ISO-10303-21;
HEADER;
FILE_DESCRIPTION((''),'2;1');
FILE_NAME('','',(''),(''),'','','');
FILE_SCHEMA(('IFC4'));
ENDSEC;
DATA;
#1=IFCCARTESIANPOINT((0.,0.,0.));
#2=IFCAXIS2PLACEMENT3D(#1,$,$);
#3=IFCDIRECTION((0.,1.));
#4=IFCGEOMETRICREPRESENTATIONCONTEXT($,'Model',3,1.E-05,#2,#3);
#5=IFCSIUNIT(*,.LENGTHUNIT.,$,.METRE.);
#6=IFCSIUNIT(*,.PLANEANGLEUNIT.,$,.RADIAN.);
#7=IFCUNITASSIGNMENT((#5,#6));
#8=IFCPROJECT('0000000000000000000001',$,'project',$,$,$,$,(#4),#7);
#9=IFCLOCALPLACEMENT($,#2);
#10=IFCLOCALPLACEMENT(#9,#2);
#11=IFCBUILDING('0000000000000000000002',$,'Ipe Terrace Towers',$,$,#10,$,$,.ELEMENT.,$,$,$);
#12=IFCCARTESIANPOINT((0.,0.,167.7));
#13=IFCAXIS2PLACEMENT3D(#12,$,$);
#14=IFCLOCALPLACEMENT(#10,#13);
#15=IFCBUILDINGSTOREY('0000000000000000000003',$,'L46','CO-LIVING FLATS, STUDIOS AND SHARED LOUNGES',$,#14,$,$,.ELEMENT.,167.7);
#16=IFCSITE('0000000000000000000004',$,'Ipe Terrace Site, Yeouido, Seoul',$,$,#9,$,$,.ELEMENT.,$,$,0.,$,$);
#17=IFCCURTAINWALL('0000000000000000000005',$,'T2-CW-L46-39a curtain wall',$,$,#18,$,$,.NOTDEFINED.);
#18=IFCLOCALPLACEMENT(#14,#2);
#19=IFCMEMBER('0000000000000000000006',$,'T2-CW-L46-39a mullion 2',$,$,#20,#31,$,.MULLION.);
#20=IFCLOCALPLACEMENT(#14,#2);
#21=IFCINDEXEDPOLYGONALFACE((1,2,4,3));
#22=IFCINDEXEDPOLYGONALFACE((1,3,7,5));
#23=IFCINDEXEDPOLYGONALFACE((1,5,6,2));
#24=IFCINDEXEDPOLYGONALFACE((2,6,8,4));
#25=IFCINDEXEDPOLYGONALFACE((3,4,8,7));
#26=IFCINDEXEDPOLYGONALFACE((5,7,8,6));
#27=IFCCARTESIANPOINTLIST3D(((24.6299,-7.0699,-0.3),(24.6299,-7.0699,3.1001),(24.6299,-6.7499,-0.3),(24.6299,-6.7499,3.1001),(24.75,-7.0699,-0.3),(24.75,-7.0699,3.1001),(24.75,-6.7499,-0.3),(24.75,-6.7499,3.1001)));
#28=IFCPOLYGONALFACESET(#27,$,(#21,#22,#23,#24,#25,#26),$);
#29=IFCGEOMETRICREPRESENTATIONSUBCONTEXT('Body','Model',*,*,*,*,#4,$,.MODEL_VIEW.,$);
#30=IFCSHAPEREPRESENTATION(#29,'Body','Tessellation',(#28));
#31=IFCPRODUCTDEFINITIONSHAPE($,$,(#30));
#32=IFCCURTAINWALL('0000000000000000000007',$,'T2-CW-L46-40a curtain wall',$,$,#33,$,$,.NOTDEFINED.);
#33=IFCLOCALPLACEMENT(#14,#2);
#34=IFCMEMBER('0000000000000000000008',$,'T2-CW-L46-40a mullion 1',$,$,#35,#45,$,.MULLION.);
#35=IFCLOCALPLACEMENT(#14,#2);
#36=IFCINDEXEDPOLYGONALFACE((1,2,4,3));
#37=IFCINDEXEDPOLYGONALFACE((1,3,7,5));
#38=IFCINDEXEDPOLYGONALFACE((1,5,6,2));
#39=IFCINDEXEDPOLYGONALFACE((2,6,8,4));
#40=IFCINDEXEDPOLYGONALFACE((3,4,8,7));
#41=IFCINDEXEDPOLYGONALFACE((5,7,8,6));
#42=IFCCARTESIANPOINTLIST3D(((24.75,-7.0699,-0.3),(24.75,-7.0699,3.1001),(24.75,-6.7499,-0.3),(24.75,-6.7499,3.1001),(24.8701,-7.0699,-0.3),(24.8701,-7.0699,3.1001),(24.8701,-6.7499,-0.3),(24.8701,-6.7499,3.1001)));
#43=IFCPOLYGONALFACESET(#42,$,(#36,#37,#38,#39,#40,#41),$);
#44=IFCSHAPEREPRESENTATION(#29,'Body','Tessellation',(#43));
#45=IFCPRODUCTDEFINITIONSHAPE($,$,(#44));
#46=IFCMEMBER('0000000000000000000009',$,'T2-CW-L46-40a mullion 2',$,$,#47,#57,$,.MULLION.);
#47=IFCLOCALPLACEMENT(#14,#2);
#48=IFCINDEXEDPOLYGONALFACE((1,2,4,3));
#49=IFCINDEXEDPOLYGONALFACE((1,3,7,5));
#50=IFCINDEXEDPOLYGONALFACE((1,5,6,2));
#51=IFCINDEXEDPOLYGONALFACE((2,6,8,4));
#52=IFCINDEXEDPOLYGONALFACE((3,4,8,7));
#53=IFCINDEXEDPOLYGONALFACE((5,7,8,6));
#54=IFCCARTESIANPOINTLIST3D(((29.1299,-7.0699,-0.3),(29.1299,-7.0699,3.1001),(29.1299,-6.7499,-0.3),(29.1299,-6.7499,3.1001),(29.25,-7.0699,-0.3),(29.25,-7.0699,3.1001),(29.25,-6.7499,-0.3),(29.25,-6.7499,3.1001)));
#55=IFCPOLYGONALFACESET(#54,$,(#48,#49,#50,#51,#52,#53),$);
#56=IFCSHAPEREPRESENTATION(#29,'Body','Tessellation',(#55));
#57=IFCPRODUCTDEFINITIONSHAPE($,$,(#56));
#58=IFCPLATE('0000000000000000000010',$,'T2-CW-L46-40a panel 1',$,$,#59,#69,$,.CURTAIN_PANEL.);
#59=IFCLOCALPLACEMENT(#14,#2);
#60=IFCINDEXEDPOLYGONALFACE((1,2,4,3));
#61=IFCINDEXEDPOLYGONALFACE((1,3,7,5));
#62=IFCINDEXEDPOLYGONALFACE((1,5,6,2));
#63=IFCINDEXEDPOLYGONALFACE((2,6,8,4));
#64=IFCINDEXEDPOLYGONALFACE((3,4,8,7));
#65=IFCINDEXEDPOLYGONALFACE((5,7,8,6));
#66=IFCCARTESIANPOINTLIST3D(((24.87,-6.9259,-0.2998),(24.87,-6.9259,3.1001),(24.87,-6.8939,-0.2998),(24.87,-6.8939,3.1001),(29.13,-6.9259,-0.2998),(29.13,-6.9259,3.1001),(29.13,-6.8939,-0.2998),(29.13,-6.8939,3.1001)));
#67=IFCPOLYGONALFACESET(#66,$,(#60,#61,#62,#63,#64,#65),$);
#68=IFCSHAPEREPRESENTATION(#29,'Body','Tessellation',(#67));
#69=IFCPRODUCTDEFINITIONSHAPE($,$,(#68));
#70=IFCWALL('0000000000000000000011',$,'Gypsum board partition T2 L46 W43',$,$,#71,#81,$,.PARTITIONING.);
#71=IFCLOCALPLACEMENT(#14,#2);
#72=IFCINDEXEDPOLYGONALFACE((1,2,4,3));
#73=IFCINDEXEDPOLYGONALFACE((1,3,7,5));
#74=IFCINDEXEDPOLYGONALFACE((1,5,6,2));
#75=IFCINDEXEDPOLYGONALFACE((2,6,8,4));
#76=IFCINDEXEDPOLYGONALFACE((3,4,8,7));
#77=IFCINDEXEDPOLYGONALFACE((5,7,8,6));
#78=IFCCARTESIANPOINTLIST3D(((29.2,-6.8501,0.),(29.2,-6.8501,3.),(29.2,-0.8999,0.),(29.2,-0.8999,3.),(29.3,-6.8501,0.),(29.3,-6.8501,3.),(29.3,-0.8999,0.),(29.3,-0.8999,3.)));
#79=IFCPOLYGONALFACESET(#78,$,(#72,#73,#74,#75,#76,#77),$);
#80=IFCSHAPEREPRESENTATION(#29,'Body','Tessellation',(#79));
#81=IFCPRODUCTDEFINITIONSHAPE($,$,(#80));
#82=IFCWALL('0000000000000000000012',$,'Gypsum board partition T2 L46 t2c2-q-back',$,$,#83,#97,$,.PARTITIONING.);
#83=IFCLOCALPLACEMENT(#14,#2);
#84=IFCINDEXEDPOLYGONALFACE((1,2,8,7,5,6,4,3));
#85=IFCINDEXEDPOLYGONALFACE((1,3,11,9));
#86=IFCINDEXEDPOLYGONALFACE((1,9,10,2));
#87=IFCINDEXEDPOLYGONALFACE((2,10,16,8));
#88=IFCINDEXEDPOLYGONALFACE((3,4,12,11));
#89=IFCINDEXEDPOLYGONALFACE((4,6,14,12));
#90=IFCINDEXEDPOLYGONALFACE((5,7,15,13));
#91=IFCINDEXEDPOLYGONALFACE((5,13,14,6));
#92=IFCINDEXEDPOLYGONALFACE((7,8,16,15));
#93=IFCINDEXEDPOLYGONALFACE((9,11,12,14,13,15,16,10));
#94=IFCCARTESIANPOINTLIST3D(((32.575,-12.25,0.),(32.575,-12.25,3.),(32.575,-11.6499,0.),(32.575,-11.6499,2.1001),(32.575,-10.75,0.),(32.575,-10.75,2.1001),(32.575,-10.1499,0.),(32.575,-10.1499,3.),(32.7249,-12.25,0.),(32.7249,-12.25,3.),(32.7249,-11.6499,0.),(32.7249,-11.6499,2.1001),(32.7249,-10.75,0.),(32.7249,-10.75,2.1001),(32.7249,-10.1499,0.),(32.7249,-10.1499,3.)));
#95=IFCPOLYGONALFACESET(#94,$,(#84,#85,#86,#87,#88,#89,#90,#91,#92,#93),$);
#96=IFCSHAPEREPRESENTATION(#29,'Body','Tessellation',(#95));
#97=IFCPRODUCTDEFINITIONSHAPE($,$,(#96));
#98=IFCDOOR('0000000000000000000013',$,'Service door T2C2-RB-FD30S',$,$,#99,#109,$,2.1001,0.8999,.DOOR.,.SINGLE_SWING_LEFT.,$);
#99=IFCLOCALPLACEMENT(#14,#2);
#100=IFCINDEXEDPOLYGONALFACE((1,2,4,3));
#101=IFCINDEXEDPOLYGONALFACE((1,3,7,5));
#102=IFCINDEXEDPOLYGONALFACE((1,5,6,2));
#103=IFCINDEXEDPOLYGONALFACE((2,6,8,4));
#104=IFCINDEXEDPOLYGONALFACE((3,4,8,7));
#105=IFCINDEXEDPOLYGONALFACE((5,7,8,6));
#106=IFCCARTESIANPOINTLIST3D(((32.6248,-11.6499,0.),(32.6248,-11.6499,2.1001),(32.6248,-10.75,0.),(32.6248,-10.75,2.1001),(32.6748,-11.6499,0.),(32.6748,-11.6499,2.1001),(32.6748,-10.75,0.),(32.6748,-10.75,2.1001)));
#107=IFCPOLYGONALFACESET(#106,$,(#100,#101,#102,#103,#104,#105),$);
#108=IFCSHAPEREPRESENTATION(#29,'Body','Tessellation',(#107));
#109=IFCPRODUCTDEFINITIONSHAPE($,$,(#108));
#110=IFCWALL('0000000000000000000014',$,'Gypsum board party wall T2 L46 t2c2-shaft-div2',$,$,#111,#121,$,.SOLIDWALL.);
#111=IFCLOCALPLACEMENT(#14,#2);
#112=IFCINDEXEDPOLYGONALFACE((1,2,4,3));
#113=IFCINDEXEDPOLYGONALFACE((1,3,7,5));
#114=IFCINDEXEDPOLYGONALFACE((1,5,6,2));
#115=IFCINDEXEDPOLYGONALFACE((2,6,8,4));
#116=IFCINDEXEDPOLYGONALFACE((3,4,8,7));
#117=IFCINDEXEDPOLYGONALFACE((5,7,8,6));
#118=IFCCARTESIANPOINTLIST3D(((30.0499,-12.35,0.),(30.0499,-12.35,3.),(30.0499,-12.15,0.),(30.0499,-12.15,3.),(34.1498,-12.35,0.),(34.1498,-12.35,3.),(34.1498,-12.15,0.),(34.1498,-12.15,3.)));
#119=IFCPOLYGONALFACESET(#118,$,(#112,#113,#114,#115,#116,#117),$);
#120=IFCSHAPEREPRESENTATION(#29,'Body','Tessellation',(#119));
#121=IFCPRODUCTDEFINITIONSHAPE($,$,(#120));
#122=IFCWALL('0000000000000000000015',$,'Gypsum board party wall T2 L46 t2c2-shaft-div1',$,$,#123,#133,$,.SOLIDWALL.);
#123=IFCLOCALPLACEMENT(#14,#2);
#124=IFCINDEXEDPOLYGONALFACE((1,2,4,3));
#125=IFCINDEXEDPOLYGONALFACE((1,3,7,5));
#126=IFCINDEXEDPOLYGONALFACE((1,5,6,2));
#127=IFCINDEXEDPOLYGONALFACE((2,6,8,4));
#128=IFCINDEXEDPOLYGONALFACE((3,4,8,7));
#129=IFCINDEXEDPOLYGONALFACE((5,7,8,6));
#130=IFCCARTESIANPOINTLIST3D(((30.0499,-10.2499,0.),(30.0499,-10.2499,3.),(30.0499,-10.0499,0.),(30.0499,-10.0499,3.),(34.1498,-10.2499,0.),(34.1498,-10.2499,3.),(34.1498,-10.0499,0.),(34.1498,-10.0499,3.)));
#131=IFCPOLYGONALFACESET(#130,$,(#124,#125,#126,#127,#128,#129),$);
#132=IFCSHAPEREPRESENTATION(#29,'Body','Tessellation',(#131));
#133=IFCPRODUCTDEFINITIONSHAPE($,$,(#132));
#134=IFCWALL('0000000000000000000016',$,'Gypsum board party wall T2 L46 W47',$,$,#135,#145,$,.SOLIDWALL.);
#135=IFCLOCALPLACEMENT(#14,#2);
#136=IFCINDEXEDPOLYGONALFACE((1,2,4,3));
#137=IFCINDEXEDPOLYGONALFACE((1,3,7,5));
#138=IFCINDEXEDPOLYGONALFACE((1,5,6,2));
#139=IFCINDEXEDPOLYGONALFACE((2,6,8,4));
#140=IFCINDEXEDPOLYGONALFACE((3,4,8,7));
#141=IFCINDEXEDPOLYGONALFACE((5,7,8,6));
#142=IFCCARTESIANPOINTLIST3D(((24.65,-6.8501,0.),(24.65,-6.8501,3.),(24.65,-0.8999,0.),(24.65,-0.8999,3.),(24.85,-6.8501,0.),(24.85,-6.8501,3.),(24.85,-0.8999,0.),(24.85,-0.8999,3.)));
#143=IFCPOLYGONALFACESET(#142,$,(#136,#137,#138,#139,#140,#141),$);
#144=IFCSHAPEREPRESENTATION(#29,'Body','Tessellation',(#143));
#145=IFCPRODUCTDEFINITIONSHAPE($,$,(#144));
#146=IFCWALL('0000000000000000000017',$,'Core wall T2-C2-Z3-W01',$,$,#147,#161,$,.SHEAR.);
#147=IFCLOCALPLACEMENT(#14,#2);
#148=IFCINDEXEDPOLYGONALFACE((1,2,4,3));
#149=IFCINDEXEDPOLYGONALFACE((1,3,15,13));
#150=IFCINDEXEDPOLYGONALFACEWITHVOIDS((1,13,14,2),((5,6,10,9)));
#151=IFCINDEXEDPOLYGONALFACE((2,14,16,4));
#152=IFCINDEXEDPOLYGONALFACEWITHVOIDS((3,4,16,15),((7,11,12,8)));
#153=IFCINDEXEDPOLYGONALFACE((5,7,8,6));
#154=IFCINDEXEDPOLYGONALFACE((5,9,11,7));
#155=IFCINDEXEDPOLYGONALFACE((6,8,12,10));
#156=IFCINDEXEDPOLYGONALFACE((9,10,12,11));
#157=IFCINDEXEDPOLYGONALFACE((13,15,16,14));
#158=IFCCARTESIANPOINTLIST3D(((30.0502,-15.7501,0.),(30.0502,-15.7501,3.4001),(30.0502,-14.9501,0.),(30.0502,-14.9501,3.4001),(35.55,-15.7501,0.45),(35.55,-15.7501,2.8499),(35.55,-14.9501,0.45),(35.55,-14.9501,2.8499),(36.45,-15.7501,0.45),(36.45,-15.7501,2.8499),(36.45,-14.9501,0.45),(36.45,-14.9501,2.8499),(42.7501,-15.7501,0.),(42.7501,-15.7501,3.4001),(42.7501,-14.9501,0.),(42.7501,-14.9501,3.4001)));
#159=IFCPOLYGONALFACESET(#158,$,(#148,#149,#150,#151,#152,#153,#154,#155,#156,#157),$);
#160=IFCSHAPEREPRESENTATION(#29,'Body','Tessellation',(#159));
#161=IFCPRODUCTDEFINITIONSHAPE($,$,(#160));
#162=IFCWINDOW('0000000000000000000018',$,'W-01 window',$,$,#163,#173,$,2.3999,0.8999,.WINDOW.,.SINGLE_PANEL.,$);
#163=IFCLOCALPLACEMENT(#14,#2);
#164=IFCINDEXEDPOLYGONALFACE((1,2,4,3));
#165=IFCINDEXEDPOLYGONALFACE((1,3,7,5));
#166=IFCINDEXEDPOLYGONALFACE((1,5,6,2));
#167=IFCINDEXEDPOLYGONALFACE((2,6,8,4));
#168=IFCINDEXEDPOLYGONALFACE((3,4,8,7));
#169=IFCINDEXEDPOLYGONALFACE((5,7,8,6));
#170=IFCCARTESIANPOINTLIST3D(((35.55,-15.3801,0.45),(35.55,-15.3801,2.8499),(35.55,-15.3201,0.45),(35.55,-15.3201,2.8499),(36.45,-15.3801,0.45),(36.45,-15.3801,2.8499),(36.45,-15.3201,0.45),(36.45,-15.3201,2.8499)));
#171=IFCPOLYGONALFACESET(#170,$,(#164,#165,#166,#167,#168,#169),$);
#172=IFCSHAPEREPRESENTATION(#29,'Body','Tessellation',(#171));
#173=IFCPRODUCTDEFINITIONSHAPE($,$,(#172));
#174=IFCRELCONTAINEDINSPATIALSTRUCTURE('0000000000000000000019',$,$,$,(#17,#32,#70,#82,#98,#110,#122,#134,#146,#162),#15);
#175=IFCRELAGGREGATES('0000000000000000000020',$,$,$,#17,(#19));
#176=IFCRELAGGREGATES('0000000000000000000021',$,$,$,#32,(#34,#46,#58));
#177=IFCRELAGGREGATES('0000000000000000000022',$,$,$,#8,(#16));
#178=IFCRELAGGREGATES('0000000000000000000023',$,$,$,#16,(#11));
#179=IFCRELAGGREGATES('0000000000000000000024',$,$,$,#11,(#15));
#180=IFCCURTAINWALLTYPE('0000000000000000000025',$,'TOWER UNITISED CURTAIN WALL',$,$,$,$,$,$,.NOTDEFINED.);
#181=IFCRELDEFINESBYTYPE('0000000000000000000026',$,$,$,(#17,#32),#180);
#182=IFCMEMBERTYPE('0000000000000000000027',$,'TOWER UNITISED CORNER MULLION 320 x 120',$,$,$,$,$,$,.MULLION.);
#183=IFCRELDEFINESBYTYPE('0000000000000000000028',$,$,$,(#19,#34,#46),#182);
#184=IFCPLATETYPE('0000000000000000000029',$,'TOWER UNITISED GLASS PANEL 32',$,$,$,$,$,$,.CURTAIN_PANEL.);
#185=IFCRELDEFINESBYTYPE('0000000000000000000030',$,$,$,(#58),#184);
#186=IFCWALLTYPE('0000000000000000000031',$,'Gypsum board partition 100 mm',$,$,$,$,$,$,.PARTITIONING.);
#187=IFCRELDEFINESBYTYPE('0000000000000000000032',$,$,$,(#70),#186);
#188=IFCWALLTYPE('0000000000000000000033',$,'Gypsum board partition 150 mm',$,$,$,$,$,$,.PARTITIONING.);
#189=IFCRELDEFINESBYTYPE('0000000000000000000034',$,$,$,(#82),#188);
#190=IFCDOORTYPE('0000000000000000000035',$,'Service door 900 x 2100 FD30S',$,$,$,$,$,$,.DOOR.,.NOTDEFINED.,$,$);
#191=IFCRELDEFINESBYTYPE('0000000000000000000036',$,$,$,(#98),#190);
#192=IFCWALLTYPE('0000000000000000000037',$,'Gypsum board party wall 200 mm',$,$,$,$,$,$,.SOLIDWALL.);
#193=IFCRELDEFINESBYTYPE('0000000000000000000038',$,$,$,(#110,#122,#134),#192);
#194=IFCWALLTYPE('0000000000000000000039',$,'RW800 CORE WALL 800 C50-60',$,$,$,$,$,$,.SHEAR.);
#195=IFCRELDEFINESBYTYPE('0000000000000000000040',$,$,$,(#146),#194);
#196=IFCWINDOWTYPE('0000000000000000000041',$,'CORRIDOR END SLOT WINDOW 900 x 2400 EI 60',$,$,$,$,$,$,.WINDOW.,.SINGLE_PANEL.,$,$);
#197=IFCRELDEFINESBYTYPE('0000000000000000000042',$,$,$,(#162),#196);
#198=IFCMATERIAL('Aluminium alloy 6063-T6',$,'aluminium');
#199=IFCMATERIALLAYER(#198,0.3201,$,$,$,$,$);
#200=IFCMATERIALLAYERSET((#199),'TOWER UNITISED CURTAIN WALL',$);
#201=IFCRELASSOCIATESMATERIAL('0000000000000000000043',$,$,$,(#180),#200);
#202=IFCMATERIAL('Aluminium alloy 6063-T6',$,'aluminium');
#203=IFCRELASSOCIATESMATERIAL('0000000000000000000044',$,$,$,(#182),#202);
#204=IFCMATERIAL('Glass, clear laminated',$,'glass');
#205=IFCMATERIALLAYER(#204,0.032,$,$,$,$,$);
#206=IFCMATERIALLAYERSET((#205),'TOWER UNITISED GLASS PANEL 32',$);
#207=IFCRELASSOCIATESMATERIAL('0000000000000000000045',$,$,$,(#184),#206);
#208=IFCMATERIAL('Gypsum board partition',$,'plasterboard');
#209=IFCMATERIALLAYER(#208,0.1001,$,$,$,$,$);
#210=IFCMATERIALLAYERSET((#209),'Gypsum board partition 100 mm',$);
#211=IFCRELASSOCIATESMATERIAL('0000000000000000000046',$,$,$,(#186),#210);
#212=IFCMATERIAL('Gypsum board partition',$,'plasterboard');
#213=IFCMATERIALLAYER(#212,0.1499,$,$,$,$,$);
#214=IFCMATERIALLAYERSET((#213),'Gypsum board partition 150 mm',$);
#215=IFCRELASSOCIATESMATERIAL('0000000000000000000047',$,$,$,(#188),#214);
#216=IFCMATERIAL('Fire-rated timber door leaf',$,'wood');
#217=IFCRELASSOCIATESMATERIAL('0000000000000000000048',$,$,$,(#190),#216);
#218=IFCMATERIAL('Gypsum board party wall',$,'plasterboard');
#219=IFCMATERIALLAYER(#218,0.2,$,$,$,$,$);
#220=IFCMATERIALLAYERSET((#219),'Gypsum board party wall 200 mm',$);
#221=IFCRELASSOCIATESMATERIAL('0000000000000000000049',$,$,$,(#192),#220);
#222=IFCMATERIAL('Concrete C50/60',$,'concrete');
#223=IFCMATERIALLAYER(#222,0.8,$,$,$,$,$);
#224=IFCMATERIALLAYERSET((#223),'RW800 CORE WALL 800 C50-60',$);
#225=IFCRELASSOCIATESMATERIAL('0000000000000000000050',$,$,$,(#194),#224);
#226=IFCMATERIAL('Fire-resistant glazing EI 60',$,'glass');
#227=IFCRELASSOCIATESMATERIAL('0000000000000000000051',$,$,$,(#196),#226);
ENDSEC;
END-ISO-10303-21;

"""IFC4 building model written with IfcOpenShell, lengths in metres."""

from ifc_helpers import new_model, si_unit, direction, frame, frame_2d, origin, origin_2d, place, context, subcontext, project, spatial, rectangle, extrude, material, layer, layer_set, material_profile, profile_set, type_object, element, fill, aggregate, save


model = new_model("IFC4")

# Units and contexts
model_context = context("Model", 3, precision=1e-05, world=origin(), true_north=direction((0.0, 1.0)))
body_context = subcontext(model_context, "Body", "Model", "MODEL_VIEW")
ifc_project = project(units=[si_unit("LENGTHUNIT", "METRE"), si_unit("PLANEANGLEUNIT", "RADIAN")], contexts=[model_context])

# Site, building, storey
site_placement = place(None, origin())
site = spatial("IfcSite", under=ifc_project, at=site_placement, Name="Ipe Terrace Site, Yeouido, Seoul", CompositionType="ELEMENT", RefElevation=0.0)
building_placement = place(site_placement, origin())
building = spatial("IfcBuilding", under=site, at=building_placement, Name="Ipe Terrace Towers", CompositionType="ELEMENT")
storey_placement = place(building_placement, frame((0.0, 0.0, 167.7)))
storey = spatial("IfcBuildingStorey", under=building, at=storey_placement, Name="L46", Description="CO-LIVING FLATS, STUDIOS AND SHARED LOUNGES", CompositionType="ELEMENT", Elevation=167.7)

# Curtain wall, member
ifc_material_1 = material(Name="Aluminium alloy 6063-T6", Category="aluminium")
ifc_layer_1 = layer(ifc_material_1, 0.3201)
ifc_layer_set_1 = layer_set([ifc_layer_1], Name="TOWER UNITISED CURTAIN WALL")
curtain_wall_type = type_object("IfcCurtainWallType", Name="TOWER UNITISED CURTAIN WALL", PredefinedType="NOTDEFINED", material=ifc_layer_set_1)
curtain_wall_1_placement = place(storey_placement, origin())
curtain_wall_1 = element("IfcCurtainWall", 1, at=curtain_wall_1_placement, inside=storey, type_object=curtain_wall_type, Name="T2-CW-L46-39a curtain wall", PredefinedType="NOTDEFINED")
ifc_material_2 = material(Name="Aluminium alloy 6063-T6", Category="aluminium")
ifc_material_profile = material_profile(ifc_material_2, rectangle(XDim=0.3201, YDim=0.1201, at=origin_2d()), Name="TOWER UNITISED CORNER MULLION 320 x 120")
ifc_profile_set = profile_set([ifc_material_profile], Name="Aluminium alloy 6063-T6")
member_type = type_object("IfcMemberType", Name="TOWER UNITISED CORNER MULLION 320 x 120", PredefinedType="MULLION", material=ifc_profile_set)
member_1_placement = place(storey_placement, frame((24.6899, -6.9099, -0.3), z_axis=(0.0, 0.0, 1.0), x_axis=(0.0, -1.0, 0.0)))
member_1 = element("IfcMember", 2, at=member_1_placement, type_object=member_type, Name="T2-CW-L46-39a mullion 2", PredefinedType="MULLION", context=body_context, shape_type="SweptSolid", body=[
    extrude(rectangle(XDim=0.3201, YDim=0.1201, at=origin_2d()), origin(), (0.0, 0.0, 1.0), 3.4001),
])
aggregate(curtain_wall_1, [member_1])

# Curtain wall, members, plate
curtain_wall_2_placement = place(storey_placement, origin())
curtain_wall_2 = element("IfcCurtainWall", 3, at=curtain_wall_2_placement, inside=storey, type_object=curtain_wall_type, Name="T2-CW-L46-40a curtain wall", PredefinedType="NOTDEFINED")
member_2_placement = place(storey_placement, frame((24.8101, -6.9099, -0.3), z_axis=(0.0, 0.0, 1.0), x_axis=(0.0, -1.0, 0.0)))
member_2 = element("IfcMember", 4, at=member_2_placement, type_object=member_type, Name="T2-CW-L46-40a mullion 1", PredefinedType="MULLION", context=body_context, shape_type="SweptSolid", body=[
    extrude(rectangle(XDim=0.3201, YDim=0.1201, at=origin_2d()), origin(), (0.0, 0.0, 1.0), 3.4001),
])
member_3_placement = place(storey_placement, frame((29.1899, -6.9099, -0.3), z_axis=(0.0, 0.0, 1.0), x_axis=(0.0, -1.0, 0.0)))
member_3 = element("IfcMember", 5, at=member_3_placement, type_object=member_type, Name="T2-CW-L46-40a mullion 2", PredefinedType="MULLION", context=body_context, shape_type="SweptSolid", body=[
    extrude(rectangle(XDim=0.3201, YDim=0.1201, at=origin_2d()), origin(), (0.0, 0.0, 1.0), 3.4001),
])
ifc_material_3 = material(Name="Glass, clear laminated", Category="glass")
ifc_layer_2 = layer(ifc_material_3, 0.032)
ifc_layer_set_2 = layer_set([ifc_layer_2], Name="TOWER UNITISED GLASS PANEL 32")
plate_type = type_object("IfcPlateType", Name="TOWER UNITISED GLASS PANEL 32", PredefinedType="CURTAIN_PANEL", material=ifc_layer_set_2)
plate_placement = place(storey_placement, frame((27.0, -6.9099, -0.2998), z_axis=(0.0, 0.0, 1.0), x_axis=(1.0, 0.0, 0.0)))
plate = element("IfcPlate", 6, at=plate_placement, type_object=plate_type, Name="T2-CW-L46-40a panel 1", PredefinedType="CURTAIN_PANEL", context=body_context, shape_type="SweptSolid", body=[
    extrude(rectangle(XDim=4.26, YDim=0.032, at=origin_2d()), origin(), (0.0, 0.0, 1.0), 3.3999),
])
aggregate(curtain_wall_2, [member_2, member_3, plate])

# Wall
ifc_material_4 = material(Name="Gypsum board partition", Category="plasterboard")
ifc_layer_3 = layer(ifc_material_4, 0.1001)
ifc_layer_set_3 = layer_set([ifc_layer_3], Name="Gypsum board partition 100 mm")
wall_type_1 = type_object("IfcWallType", Name="Gypsum board partition 100 mm", PredefinedType="PARTITIONING", material=ifc_layer_set_3)
wall_1_placement = place(storey_placement, frame((29.25, -6.8501, 0.0), z_axis=(0.0, 0.0, 1.0), x_axis=(0.0, 1.0, 0.0)))
element("IfcWall", 7, at=wall_1_placement, inside=storey, type_object=wall_type_1, Name="Gypsum board partition T2 L46 W43", PredefinedType="PARTITIONING", context=body_context, shape_type="SweptSolid", body=[
    extrude(rectangle(XDim=5.9502, YDim=0.1001, at=frame_2d((2.9751, 0.0))), origin(), (0.0, 0.0, 1.0), 3.0),
])

# Wall, opening, door
ifc_material_5 = material(Name="Gypsum board partition", Category="plasterboard")
ifc_layer_4 = layer(ifc_material_5, 0.1499)
ifc_layer_set_4 = layer_set([ifc_layer_4], Name="Gypsum board partition 150 mm")
wall_type_2 = type_object("IfcWallType", Name="Gypsum board partition 150 mm", PredefinedType="PARTITIONING", material=ifc_layer_set_4)
wall_2_placement = place(storey_placement, frame((32.6499, -10.1499, 0.0), z_axis=(0.0, 0.0, 1.0), x_axis=(0.0, -1.0, 0.0)))
wall_2 = element("IfcWall", 8, at=wall_2_placement, inside=storey, type_object=wall_type_2, Name="Gypsum board partition T2 L46 t2c2-q-back", PredefinedType="PARTITIONING", context=body_context, shape_type="SweptSolid", body=[
    extrude(rectangle(XDim=2.1001, YDim=0.1499, at=frame_2d((1.05, 0.0))), origin(), (0.0, 0.0, 1.0), 3.0),
])
opening_1_placement = place(wall_2_placement, frame((0.6001, 0.0, 0.0)))
opening_1 = element("IfcOpeningElement", 9, at=opening_1_placement, cuts=wall_2, PredefinedType="OPENING", context=body_context, shape_type="SweptSolid", body=[
    extrude(rectangle(XDim=0.8999, YDim=2.1001, at=frame_2d((0.45, 1.05))), frame((0.0, 0.085, 0.0), z_axis=(0.0, -1.0, 0.0), x_axis=(1.0, 0.0, 0.0)), (0.0, 0.0, 1.0), 0.1699),
])
ifc_material_6 = material(Name="Fire-rated timber door leaf", Category="wood")
door_type = type_object("IfcDoorType", Name="Service door 900 x 2100 FD30S", OperationType="NOTDEFINED", PredefinedType="DOOR", material=ifc_material_6)
door_placement = place(opening_1_placement, origin())
door = element("IfcDoor", 10, at=door_placement, inside=storey, type_object=door_type, Name="Service door T2C2-RB-FD30S", OperationType="SINGLE_SWING_LEFT", OverallHeight=2.1001, OverallWidth=0.8999, PredefinedType="DOOR", context=body_context, shape_type="SweptSolid", body=[
    extrude(rectangle(XDim=0.8999, YDim=2.1001, at=frame_2d((0.45, 1.05))), frame((0.0, 0.0249, 0.0), z_axis=(0.0, -1.0, 0.0), x_axis=(1.0, 0.0, 0.0)), (0.0, 0.0, 1.0), 0.05),
])
fill(opening_1, door)

# Walls
ifc_material_7 = material(Name="Gypsum board party wall", Category="plasterboard")
ifc_layer_5 = layer(ifc_material_7, 0.2)
ifc_layer_set_5 = layer_set([ifc_layer_5], Name="Gypsum board party wall 200 mm")
wall_type_3 = type_object("IfcWallType", Name="Gypsum board party wall 200 mm", PredefinedType="SOLIDWALL", material=ifc_layer_set_5)
for number, where, z_axis, x_axis, name in (
    (11, (30.05, -12.25, 0.0), (0.0, 0.0, 1.0), (1.0, 0.0, 0.0), "Gypsum board party wall T2 L46 t2c2-shaft-div2"),
    (12, (30.05, -10.1499, 0.0), (0.0, 0.0, 1.0), (1.0, 0.0, 0.0), "Gypsum board party wall T2 L46 t2c2-shaft-div1"),
):
    element("IfcWall", number, at=place(storey_placement, frame(where, z_axis=z_axis, x_axis=x_axis)), inside=storey, type_object=wall_type_3, Name=name, PredefinedType="SOLIDWALL", context=body_context, shape_type="SweptSolid", body=[
        extrude(rectangle(XDim=4.0999, YDim=0.2, at=frame_2d((2.0498, 0.0))), origin(), (0.0, 0.0, 1.0), 3.0),
    ])
wall_3_placement = place(storey_placement, frame((24.75, -6.8501, 0.0), z_axis=(0.0, 0.0, 1.0), x_axis=(0.0, 1.0, 0.0)))
element("IfcWall", 13, at=wall_3_placement, inside=storey, type_object=wall_type_3, Name="Gypsum board party wall T2 L46 W47", PredefinedType="SOLIDWALL", context=body_context, shape_type="SweptSolid", body=[
    extrude(rectangle(XDim=5.9502, YDim=0.2, at=frame_2d((2.9751, 0.0))), origin(), (0.0, 0.0, 1.0), 3.0),
])

# Wall, opening, window
ifc_material_8 = material(Name="Concrete C50/60", Category="concrete")
ifc_layer_6 = layer(ifc_material_8, 0.8)
ifc_layer_set_6 = layer_set([ifc_layer_6], Name="RW800 CORE WALL 800 C50-60")
wall_type_4 = type_object("IfcWallType", Name="RW800 CORE WALL 800 C50-60", PredefinedType="SHEAR", material=ifc_layer_set_6)
wall_4_placement = place(storey_placement, frame((30.05, -15.3501, 0.0), z_axis=(0.0, 0.0, 1.0), x_axis=(1.0, 0.0, 0.0)))
wall_4 = element("IfcWall", 14, at=wall_4_placement, inside=storey, type_object=wall_type_4, Name="Core wall T2-C2-Z3-W01", PredefinedType="SHEAR", context=body_context, shape_type="SweptSolid", body=[
    extrude(rectangle(XDim=12.7, YDim=0.8, at=frame_2d((6.3501, 0.0))), origin(), (0.0, 0.0, 1.0), 3.4001),
])
opening_2_placement = place(wall_4_placement, frame((5.5, 0.0, 0.45)))
opening_2 = element("IfcOpeningElement", 15, at=opening_2_placement, cuts=wall_4, PredefinedType="OPENING", context=body_context, shape_type="SweptSolid", body=[
    extrude(rectangle(XDim=0.8999, YDim=2.3999, at=frame_2d((0.45, 1.2))), frame((0.0, 0.4102, 0.0), z_axis=(0.0, -1.0, 0.0), x_axis=(1.0, 0.0, 0.0)), (0.0, 0.0, 1.0), 0.8201),
])
ifc_material_9 = material(Name="Fire-resistant glazing EI 60", Category="glass")
window_type = type_object("IfcWindowType", Name="CORRIDOR END SLOT WINDOW 900 x 2400 EI 60", PartitioningType="SINGLE_PANEL", PredefinedType="WINDOW", material=ifc_material_9)
window_placement = place(opening_2_placement, origin())
window = element("IfcWindow", 16, at=window_placement, inside=storey, type_object=window_type, Name="W-01 window", OverallHeight=2.3999, OverallWidth=0.8999, PartitioningType="SINGLE_PANEL", PredefinedType="WINDOW", context=body_context, shape_type="SweptSolid", body=[
    extrude(rectangle(XDim=0.8999, YDim=2.3999, at=frame_2d((0.45, 1.2))), frame((0.0, 0.03, 0.0), z_axis=(0.0, -1.0, 0.0), x_axis=(1.0, 0.0, 0.0)), (0.0, 0.0, 1.0), 0.0601),
])
fill(opening_2, window)

save(model, "model.ifc")
